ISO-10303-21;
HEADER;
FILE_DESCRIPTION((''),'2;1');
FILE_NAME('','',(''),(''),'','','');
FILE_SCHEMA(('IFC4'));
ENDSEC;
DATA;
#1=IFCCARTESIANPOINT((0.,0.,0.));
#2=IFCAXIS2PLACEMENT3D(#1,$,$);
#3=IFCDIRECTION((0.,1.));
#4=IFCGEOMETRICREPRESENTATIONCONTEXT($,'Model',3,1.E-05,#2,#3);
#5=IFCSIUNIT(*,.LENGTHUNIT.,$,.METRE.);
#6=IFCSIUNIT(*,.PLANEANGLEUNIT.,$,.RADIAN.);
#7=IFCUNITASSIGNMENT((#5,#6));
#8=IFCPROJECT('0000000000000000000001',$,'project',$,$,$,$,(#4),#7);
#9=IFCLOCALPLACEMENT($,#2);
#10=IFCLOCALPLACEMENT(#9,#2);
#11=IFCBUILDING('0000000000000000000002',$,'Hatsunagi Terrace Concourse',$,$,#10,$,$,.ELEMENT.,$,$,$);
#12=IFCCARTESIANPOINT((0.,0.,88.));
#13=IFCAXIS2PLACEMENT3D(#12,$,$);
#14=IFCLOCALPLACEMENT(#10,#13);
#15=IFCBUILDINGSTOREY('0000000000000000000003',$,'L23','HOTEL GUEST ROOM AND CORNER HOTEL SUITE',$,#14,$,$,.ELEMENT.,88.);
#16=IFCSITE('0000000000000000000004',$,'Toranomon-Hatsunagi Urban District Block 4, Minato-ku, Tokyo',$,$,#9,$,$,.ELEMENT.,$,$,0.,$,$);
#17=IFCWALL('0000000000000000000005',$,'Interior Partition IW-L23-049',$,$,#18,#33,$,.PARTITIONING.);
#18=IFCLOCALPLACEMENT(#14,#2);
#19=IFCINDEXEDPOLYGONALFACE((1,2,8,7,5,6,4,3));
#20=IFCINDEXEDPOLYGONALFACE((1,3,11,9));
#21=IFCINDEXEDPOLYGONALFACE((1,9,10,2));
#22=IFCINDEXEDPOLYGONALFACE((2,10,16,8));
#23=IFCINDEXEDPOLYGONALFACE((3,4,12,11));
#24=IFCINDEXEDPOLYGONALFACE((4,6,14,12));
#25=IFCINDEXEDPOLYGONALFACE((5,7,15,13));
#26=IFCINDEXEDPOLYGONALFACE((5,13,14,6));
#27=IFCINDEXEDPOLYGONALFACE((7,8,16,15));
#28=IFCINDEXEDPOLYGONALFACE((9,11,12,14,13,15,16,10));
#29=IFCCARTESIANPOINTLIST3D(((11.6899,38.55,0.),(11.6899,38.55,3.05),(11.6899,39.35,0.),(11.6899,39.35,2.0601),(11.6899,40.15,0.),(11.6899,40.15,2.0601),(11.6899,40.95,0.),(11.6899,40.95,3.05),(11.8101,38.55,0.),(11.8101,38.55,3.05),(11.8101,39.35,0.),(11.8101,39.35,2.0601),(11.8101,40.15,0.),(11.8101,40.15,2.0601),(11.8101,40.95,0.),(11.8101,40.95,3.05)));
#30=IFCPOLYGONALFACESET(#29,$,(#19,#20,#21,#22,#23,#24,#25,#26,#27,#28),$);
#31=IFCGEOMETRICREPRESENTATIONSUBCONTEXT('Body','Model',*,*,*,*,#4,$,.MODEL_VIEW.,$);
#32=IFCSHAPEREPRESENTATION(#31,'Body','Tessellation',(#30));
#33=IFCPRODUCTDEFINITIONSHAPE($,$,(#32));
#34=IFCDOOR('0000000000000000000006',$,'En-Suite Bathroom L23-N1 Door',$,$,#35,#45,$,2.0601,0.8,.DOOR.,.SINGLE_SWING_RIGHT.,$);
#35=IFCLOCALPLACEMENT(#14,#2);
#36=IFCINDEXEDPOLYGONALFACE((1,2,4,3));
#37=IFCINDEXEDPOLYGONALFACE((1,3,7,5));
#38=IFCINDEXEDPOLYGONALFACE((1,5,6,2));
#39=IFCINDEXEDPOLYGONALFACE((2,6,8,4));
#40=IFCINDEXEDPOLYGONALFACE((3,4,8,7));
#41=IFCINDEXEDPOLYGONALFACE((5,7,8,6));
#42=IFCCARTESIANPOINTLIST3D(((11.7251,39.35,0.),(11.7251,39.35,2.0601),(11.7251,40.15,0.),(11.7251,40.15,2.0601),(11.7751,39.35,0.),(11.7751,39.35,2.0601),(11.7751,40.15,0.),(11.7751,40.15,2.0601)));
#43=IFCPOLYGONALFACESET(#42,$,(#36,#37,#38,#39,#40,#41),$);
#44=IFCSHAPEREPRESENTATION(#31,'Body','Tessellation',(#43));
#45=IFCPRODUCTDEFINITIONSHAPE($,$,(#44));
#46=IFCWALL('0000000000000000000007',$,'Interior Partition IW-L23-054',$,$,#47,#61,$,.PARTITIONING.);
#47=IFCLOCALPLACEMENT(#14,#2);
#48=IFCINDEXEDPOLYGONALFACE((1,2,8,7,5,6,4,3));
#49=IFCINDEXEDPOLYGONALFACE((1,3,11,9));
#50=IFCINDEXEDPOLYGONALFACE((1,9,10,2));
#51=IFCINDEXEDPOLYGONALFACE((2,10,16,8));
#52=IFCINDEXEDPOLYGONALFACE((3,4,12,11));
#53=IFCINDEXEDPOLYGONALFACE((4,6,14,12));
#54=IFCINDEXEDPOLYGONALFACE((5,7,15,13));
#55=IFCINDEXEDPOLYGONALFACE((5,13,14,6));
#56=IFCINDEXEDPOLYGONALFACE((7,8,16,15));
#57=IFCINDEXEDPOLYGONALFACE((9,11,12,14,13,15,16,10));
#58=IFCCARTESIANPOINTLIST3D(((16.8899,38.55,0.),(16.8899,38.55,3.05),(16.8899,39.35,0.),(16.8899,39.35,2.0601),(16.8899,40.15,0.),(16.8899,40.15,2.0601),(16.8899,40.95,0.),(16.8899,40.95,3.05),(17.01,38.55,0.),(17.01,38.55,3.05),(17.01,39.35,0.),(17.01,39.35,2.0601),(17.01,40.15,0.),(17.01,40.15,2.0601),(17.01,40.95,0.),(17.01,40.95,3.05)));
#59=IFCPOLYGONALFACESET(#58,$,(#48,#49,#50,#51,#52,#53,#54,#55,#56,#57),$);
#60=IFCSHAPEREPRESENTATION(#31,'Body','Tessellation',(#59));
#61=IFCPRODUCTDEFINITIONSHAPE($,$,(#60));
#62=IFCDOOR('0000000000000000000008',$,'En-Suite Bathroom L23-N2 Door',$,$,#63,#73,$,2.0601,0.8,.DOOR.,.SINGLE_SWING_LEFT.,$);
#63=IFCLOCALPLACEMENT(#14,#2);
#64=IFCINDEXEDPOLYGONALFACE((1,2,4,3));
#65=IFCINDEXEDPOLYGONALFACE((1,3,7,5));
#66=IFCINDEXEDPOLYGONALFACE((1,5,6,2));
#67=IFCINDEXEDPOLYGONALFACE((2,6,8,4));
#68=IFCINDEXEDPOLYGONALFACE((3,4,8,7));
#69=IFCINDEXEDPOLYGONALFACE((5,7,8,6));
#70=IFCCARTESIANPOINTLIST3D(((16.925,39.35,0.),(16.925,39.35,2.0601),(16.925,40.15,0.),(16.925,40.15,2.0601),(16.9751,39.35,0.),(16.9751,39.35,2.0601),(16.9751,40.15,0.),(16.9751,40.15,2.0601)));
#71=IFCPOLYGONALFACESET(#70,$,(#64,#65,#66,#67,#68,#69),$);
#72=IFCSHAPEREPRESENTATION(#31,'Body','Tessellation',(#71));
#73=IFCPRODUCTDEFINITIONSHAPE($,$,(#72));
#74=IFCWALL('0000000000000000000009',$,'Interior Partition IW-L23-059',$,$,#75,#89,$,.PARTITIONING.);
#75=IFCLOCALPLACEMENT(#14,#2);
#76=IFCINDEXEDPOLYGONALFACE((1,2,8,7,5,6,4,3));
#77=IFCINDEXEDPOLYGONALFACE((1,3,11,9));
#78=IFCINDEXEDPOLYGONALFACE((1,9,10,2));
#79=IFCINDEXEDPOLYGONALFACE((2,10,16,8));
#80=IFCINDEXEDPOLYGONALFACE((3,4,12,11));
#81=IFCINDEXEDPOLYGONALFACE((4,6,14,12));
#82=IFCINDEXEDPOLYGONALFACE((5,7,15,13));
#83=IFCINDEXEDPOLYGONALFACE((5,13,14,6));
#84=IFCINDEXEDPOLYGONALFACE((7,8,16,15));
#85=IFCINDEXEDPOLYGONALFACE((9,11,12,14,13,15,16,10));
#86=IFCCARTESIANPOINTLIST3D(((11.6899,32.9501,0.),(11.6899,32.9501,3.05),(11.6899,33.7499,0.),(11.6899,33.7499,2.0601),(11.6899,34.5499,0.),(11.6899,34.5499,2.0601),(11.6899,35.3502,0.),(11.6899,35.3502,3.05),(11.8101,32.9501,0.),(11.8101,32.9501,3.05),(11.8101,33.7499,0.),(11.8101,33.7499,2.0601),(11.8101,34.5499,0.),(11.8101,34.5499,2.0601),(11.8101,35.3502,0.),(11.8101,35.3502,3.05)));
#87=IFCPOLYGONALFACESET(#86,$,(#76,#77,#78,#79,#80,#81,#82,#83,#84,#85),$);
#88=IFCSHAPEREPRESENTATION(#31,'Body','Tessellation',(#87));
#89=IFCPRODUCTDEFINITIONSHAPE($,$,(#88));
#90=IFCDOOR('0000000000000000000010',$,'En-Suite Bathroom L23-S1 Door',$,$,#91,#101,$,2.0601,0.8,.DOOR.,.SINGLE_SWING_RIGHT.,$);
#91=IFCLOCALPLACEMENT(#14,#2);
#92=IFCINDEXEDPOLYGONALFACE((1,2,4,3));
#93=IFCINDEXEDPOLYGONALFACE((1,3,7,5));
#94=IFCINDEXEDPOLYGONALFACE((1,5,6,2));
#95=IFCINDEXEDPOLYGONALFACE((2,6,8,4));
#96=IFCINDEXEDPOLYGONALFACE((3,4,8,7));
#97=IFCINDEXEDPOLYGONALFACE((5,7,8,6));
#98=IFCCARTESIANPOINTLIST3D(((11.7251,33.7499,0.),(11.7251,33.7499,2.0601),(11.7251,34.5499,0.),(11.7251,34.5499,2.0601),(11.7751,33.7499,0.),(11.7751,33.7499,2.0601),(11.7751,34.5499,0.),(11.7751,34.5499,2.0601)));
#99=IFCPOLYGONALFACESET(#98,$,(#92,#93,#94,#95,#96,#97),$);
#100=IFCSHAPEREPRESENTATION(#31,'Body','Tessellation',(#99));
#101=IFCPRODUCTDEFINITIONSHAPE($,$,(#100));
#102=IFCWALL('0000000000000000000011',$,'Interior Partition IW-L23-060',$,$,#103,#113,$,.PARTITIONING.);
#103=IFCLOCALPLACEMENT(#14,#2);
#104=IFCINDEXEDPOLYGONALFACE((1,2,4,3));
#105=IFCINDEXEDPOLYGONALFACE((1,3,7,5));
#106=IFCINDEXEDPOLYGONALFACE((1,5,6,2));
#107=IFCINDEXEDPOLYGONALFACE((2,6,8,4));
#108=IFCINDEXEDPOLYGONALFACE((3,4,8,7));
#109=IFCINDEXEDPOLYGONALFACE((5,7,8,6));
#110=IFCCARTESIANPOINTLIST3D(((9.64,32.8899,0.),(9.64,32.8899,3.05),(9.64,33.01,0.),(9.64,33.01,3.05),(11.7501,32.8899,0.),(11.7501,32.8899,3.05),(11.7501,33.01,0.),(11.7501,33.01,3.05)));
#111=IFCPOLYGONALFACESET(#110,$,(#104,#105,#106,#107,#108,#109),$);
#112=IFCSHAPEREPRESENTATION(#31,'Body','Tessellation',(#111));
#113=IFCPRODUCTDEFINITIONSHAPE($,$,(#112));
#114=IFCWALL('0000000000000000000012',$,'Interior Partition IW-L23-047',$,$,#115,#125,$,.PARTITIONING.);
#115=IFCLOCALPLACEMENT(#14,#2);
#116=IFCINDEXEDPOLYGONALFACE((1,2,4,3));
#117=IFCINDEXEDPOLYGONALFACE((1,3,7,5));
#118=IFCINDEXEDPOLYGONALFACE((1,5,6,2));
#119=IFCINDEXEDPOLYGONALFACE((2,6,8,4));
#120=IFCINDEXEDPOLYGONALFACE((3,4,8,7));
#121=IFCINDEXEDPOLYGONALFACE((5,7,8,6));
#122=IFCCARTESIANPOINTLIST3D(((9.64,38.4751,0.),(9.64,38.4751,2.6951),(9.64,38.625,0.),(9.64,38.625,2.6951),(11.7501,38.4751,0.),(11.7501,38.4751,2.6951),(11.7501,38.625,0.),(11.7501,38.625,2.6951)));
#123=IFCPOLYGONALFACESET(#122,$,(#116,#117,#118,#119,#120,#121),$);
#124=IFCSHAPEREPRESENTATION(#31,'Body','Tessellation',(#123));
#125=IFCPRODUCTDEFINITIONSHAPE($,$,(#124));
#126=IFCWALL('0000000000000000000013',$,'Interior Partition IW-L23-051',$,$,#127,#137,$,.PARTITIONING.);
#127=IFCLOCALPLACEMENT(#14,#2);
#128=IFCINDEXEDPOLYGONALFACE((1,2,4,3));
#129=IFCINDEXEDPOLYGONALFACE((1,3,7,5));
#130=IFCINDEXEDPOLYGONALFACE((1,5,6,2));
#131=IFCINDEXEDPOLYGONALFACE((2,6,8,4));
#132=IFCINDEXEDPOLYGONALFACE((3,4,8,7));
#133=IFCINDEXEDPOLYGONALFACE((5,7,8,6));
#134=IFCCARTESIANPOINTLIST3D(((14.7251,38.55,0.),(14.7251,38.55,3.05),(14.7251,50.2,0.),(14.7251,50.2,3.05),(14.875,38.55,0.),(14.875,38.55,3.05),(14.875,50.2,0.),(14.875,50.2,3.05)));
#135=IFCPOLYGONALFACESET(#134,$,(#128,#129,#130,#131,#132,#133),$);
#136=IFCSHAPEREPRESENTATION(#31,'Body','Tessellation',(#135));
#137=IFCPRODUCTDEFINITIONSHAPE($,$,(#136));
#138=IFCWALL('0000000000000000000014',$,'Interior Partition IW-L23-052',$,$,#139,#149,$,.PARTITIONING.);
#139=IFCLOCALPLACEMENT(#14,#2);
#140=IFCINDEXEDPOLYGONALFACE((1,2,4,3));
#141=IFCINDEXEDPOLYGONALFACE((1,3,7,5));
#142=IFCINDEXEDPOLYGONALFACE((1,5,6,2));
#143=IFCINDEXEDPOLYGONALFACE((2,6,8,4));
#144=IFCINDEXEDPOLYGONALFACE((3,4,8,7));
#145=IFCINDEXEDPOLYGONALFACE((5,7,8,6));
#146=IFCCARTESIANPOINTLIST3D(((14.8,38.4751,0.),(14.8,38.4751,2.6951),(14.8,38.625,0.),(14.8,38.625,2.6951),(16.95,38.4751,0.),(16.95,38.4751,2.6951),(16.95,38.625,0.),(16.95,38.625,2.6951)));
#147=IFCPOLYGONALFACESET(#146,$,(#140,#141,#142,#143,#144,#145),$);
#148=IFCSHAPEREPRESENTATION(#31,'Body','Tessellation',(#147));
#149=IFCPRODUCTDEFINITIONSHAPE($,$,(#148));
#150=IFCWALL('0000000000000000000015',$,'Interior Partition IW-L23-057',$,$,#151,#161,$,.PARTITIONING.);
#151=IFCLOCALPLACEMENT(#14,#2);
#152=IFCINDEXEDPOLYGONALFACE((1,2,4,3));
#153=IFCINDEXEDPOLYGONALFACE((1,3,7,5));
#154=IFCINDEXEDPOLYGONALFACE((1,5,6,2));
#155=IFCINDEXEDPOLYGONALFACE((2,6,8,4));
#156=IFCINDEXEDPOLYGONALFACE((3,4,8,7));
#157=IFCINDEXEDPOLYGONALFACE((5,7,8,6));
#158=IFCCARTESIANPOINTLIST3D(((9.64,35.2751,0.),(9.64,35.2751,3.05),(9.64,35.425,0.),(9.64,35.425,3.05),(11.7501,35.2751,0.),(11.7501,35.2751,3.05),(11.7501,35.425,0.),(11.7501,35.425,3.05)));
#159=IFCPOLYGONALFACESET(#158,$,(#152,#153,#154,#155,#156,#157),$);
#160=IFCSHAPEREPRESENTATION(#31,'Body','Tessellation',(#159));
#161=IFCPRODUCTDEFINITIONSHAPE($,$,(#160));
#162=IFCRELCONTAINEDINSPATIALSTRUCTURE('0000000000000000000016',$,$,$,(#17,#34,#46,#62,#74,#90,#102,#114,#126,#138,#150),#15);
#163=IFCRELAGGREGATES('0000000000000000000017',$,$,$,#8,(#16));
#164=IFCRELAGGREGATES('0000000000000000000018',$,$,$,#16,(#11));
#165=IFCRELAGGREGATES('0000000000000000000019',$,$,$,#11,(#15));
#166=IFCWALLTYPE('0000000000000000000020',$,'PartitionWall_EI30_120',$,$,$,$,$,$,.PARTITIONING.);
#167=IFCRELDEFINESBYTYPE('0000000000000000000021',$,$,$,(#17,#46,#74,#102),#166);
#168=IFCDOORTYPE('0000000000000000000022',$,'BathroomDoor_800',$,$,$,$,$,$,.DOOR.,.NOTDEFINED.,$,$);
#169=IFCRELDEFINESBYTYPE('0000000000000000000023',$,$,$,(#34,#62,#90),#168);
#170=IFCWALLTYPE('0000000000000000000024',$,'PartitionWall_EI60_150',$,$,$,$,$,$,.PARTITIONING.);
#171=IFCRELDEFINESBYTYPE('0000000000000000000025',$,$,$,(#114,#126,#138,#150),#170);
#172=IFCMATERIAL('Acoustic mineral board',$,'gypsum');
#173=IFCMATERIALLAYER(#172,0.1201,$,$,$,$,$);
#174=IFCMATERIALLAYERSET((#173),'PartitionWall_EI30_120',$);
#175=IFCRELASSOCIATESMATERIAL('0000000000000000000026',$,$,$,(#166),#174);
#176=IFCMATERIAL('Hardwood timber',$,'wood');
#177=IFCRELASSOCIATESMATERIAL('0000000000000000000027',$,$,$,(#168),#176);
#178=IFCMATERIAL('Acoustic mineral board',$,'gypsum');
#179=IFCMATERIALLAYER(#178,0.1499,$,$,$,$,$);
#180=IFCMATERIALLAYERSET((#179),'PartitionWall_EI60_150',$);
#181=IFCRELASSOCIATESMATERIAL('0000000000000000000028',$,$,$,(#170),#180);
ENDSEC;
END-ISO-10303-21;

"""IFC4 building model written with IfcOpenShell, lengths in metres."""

from ifc_helpers import new_model, si_unit, direction, frame, frame_2d, origin, place, context, subcontext, project, spatial, rectangle, extrude, material, layer, layer_set, type_object, element, fill, save


model = new_model("IFC4")

# Units and contexts
model_context = context("Model", 3, precision=1e-05, world=origin(), true_north=direction((0.0, 1.0)))
body_context = subcontext(model_context, "Body", "Model", "MODEL_VIEW")
ifc_project = project(units=[si_unit("LENGTHUNIT", "METRE"), si_unit("PLANEANGLEUNIT", "RADIAN")], contexts=[model_context])

# Site, building, storey
site_placement = place(None, origin())
site = spatial("IfcSite", under=ifc_project, at=site_placement, Name="Toranomon-Hatsunagi Urban District Block 4, Minato-ku, Tokyo", CompositionType="ELEMENT", RefElevation=0.0)
building_placement = place(site_placement, origin())
building = spatial("IfcBuilding", under=site, at=building_placement, Name="Hatsunagi Terrace Concourse", CompositionType="ELEMENT")
storey_placement = place(building_placement, frame((0.0, 0.0, 88.0)))
storey = spatial("IfcBuildingStorey", under=building, at=storey_placement, Name="L23", Description="HOTEL GUEST ROOM AND CORNER HOTEL SUITE", CompositionType="ELEMENT", Elevation=88.0)

# Walls, openings, doors
ifc_material_1 = material(Name="Acoustic mineral board", Category="gypsum")
ifc_layer_1 = layer(ifc_material_1, 0.1201)
ifc_layer_set_1 = layer_set([ifc_layer_1], Name="PartitionWall_EI30_120")
wall_type_1 = type_object("IfcWallType", Name="PartitionWall_EI30_120", PredefinedType="PARTITIONING", material=ifc_layer_set_1)
wall_1_placement = place(storey_placement, frame((11.75, 38.55, 0.0), z_axis=(0.0, 0.0, 1.0), x_axis=(0.0, 1.0, 0.0)))
wall_1 = element("IfcWall", 1, at=wall_1_placement, inside=storey, type_object=wall_type_1, Name="Interior Partition IW-L23-049", PredefinedType="PARTITIONING", context=body_context, shape_type="SweptSolid", body=[
    extrude(rectangle(XDim=2.3999, YDim=0.1201, at=frame_2d((1.2, 0.0))), origin(), (0.0, 0.0, 1.0), 3.05),
])
opening_1_placement = place(wall_1_placement, frame((0.8, 0.0, 0.0)))
opening_1 = element("IfcOpeningElement", 2, at=opening_1_placement, cuts=wall_1, PredefinedType="OPENING", context=body_context, shape_type="SweptSolid", body=[
    extrude(rectangle(XDim=0.8, YDim=2.0601, at=frame_2d((0.3999, 1.03))), frame((0.0, 0.0701, 0.0), z_axis=(0.0, -1.0, 0.0), x_axis=(1.0, 0.0, 0.0)), (0.0, 0.0, 1.0), 0.1401),
])
ifc_material_2 = material(Name="Hardwood timber", Category="wood")
door_type_1 = type_object("IfcDoorType", Name="BathroomDoor_800", OperationType="NOTDEFINED", PredefinedType="DOOR", material=ifc_material_2)
door_1_placement = place(opening_1_placement, origin())
door_1 = element("IfcDoor", 3, at=door_1_placement, inside=storey, type_object=door_type_1, Name="En-Suite Bathroom L23-N1 Door", OperationType="SINGLE_SWING_RIGHT", OverallHeight=2.0601, OverallWidth=0.8, PredefinedType="DOOR", context=body_context, shape_type="SweptSolid", body=[
    extrude(rectangle(XDim=0.8, YDim=2.0601, at=frame_2d((0.3999, 1.03))), frame((0.0, 0.0249, 0.0), z_axis=(0.0, -1.0, 0.0), x_axis=(1.0, 0.0, 0.0)), (0.0, 0.0, 1.0), 0.05),
])
fill(opening_1, door_1)
wall_2_placement = place(storey_placement, frame((16.95, 38.55, 0.0), z_axis=(0.0, 0.0, 1.0), x_axis=(0.0, 1.0, 0.0)))
wall_2 = element("IfcWall", 4, at=wall_2_placement, inside=storey, type_object=wall_type_1, Name="Interior Partition IW-L23-054", PredefinedType="PARTITIONING", context=body_context, shape_type="SweptSolid", body=[
    extrude(rectangle(XDim=2.3999, YDim=0.1201, at=frame_2d((1.2, 0.0))), origin(), (0.0, 0.0, 1.0), 3.05),
])
opening_2_placement = place(wall_2_placement, frame((0.8, 0.0, 0.0)))
opening_2 = element("IfcOpeningElement", 5, at=opening_2_placement, cuts=wall_2, PredefinedType="OPENING", context=body_context, shape_type="SweptSolid", body=[
    extrude(rectangle(XDim=0.8, YDim=2.0601, at=frame_2d((0.3999, 1.03))), frame((0.0, 0.0701, 0.0), z_axis=(0.0, -1.0, 0.0), x_axis=(1.0, 0.0, 0.0)), (0.0, 0.0, 1.0), 0.1401),
])
door_2_placement = place(opening_2_placement, origin())
door_2 = element("IfcDoor", 6, at=door_2_placement, inside=storey, type_object=door_type_1, Name="En-Suite Bathroom L23-N2 Door", OperationType="SINGLE_SWING_LEFT", OverallHeight=2.0601, OverallWidth=0.8, PredefinedType="DOOR", context=body_context, shape_type="SweptSolid", body=[
    extrude(rectangle(XDim=0.8, YDim=2.0601, at=frame_2d((0.3999, 1.03))), frame((0.0, 0.0249, 0.0), z_axis=(0.0, -1.0, 0.0), x_axis=(1.0, 0.0, 0.0)), (0.0, 0.0, 1.0), 0.05),
])
fill(opening_2, door_2)
wall_3_placement = place(storey_placement, frame((11.75, 32.95, 0.0), z_axis=(0.0, 0.0, 1.0), x_axis=(0.0, 1.0, 0.0)))
wall_3 = element("IfcWall", 7, at=wall_3_placement, inside=storey, type_object=wall_type_1, Name="Interior Partition IW-L23-059", PredefinedType="PARTITIONING", context=body_context, shape_type="SweptSolid", body=[
    extrude(rectangle(XDim=2.4001, YDim=0.1201, at=frame_2d((1.2002, 0.0))), origin(), (0.0, 0.0, 1.0), 3.05),
])
opening_3_placement = place(wall_3_placement, frame((0.8, 0.0, 0.0)))
opening_3 = element("IfcOpeningElement", 8, at=opening_3_placement, cuts=wall_3, PredefinedType="OPENING", context=body_context, shape_type="SweptSolid", body=[
    extrude(rectangle(XDim=0.8, YDim=2.0601, at=frame_2d((0.3999, 1.03))), frame((0.0, 0.0701, 0.0), z_axis=(0.0, -1.0, 0.0), x_axis=(1.0, 0.0, 0.0)), (0.0, 0.0, 1.0), 0.1401),
])
door_3_placement = place(opening_3_placement, origin())
door_3 = element("IfcDoor", 9, at=door_3_placement, inside=storey, type_object=door_type_1, Name="En-Suite Bathroom L23-S1 Door", OperationType="SINGLE_SWING_RIGHT", OverallHeight=2.0601, OverallWidth=0.8, PredefinedType="DOOR", context=body_context, shape_type="SweptSolid", body=[
    extrude(rectangle(XDim=0.8, YDim=2.0601, at=frame_2d((0.3999, 1.03))), frame((0.0, 0.0249, 0.0), z_axis=(0.0, -1.0, 0.0), x_axis=(1.0, 0.0, 0.0)), (0.0, 0.0, 1.0), 0.05),
])
fill(opening_3, door_3)

# Walls
wall_4_placement = place(storey_placement, frame((9.6399, 32.95, 0.0), z_axis=(0.0, 0.0, 1.0), x_axis=(1.0, 0.0, 0.0)))
element("IfcWall", 10, at=wall_4_placement, inside=storey, type_object=wall_type_1, Name="Interior Partition IW-L23-060", PredefinedType="PARTITIONING", context=body_context, shape_type="SweptSolid", body=[
    extrude(rectangle(XDim=2.1101, YDim=0.1201, at=frame_2d((1.0552, 0.0))), origin(), (0.0, 0.0, 1.0), 3.05),
])
ifc_material_3 = material(Name="Acoustic mineral board", Category="gypsum")
ifc_layer_2 = layer(ifc_material_3, 0.1499)
ifc_layer_set_2 = layer_set([ifc_layer_2], Name="PartitionWall_EI60_150")
wall_type_2 = type_object("IfcWallType", Name="PartitionWall_EI60_150", PredefinedType="PARTITIONING", material=ifc_layer_set_2)
wall_5_placement = place(storey_placement, frame((9.6399, 38.55, 0.0), z_axis=(0.0, 0.0, 1.0), x_axis=(1.0, 0.0, 0.0)))
element("IfcWall", 11, at=wall_5_placement, inside=storey, type_object=wall_type_2, Name="Interior Partition IW-L23-047", PredefinedType="PARTITIONING", context=body_context, shape_type="SweptSolid", body=[
    extrude(rectangle(XDim=2.1101, YDim=0.1499, at=frame_2d((1.0552, 0.0))), origin(), (0.0, 0.0, 1.0), 2.6951),
])

# Walls
wall_6_placement = place(storey_placement, frame((14.8, 38.55, 0.0), z_axis=(0.0, 0.0, 1.0), x_axis=(0.0, 1.0, 0.0)))
element("IfcWall", 12, at=wall_6_placement, inside=storey, type_object=wall_type_2, Name="Interior Partition IW-L23-051", PredefinedType="PARTITIONING", context=body_context, shape_type="SweptSolid", body=[
    extrude(rectangle(XDim=11.6499, YDim=0.1499, at=frame_2d((5.825, 0.0))), origin(), (0.0, 0.0, 1.0), 3.05),
])
wall_7_placement = place(storey_placement, frame((14.8, 38.55, 0.0), z_axis=(0.0, 0.0, 1.0), x_axis=(1.0, 0.0, 0.0)))
element("IfcWall", 13, at=wall_7_placement, inside=storey, type_object=wall_type_2, Name="Interior Partition IW-L23-052", PredefinedType="PARTITIONING", context=body_context, shape_type="SweptSolid", body=[
    extrude(rectangle(XDim=2.1499, YDim=0.1499, at=frame_2d((1.075, 0.0))), origin(), (0.0, 0.0, 1.0), 2.6951),
])

# Wall
wall_8_placement = place(storey_placement, frame((9.6399, 35.3501, 0.0), z_axis=(0.0, 0.0, 1.0), x_axis=(1.0, 0.0, 0.0)))
element("IfcWall", 14, at=wall_8_placement, inside=storey, type_object=wall_type_2, Name="Interior Partition IW-L23-057", PredefinedType="PARTITIONING", context=body_context, shape_type="SweptSolid", body=[
    extrude(rectangle(XDim=2.1101, YDim=0.1499, at=frame_2d((1.0552, 0.0))), origin(), (0.0, 0.0, 1.0), 3.05),
])

save(model, "model.ifc")
